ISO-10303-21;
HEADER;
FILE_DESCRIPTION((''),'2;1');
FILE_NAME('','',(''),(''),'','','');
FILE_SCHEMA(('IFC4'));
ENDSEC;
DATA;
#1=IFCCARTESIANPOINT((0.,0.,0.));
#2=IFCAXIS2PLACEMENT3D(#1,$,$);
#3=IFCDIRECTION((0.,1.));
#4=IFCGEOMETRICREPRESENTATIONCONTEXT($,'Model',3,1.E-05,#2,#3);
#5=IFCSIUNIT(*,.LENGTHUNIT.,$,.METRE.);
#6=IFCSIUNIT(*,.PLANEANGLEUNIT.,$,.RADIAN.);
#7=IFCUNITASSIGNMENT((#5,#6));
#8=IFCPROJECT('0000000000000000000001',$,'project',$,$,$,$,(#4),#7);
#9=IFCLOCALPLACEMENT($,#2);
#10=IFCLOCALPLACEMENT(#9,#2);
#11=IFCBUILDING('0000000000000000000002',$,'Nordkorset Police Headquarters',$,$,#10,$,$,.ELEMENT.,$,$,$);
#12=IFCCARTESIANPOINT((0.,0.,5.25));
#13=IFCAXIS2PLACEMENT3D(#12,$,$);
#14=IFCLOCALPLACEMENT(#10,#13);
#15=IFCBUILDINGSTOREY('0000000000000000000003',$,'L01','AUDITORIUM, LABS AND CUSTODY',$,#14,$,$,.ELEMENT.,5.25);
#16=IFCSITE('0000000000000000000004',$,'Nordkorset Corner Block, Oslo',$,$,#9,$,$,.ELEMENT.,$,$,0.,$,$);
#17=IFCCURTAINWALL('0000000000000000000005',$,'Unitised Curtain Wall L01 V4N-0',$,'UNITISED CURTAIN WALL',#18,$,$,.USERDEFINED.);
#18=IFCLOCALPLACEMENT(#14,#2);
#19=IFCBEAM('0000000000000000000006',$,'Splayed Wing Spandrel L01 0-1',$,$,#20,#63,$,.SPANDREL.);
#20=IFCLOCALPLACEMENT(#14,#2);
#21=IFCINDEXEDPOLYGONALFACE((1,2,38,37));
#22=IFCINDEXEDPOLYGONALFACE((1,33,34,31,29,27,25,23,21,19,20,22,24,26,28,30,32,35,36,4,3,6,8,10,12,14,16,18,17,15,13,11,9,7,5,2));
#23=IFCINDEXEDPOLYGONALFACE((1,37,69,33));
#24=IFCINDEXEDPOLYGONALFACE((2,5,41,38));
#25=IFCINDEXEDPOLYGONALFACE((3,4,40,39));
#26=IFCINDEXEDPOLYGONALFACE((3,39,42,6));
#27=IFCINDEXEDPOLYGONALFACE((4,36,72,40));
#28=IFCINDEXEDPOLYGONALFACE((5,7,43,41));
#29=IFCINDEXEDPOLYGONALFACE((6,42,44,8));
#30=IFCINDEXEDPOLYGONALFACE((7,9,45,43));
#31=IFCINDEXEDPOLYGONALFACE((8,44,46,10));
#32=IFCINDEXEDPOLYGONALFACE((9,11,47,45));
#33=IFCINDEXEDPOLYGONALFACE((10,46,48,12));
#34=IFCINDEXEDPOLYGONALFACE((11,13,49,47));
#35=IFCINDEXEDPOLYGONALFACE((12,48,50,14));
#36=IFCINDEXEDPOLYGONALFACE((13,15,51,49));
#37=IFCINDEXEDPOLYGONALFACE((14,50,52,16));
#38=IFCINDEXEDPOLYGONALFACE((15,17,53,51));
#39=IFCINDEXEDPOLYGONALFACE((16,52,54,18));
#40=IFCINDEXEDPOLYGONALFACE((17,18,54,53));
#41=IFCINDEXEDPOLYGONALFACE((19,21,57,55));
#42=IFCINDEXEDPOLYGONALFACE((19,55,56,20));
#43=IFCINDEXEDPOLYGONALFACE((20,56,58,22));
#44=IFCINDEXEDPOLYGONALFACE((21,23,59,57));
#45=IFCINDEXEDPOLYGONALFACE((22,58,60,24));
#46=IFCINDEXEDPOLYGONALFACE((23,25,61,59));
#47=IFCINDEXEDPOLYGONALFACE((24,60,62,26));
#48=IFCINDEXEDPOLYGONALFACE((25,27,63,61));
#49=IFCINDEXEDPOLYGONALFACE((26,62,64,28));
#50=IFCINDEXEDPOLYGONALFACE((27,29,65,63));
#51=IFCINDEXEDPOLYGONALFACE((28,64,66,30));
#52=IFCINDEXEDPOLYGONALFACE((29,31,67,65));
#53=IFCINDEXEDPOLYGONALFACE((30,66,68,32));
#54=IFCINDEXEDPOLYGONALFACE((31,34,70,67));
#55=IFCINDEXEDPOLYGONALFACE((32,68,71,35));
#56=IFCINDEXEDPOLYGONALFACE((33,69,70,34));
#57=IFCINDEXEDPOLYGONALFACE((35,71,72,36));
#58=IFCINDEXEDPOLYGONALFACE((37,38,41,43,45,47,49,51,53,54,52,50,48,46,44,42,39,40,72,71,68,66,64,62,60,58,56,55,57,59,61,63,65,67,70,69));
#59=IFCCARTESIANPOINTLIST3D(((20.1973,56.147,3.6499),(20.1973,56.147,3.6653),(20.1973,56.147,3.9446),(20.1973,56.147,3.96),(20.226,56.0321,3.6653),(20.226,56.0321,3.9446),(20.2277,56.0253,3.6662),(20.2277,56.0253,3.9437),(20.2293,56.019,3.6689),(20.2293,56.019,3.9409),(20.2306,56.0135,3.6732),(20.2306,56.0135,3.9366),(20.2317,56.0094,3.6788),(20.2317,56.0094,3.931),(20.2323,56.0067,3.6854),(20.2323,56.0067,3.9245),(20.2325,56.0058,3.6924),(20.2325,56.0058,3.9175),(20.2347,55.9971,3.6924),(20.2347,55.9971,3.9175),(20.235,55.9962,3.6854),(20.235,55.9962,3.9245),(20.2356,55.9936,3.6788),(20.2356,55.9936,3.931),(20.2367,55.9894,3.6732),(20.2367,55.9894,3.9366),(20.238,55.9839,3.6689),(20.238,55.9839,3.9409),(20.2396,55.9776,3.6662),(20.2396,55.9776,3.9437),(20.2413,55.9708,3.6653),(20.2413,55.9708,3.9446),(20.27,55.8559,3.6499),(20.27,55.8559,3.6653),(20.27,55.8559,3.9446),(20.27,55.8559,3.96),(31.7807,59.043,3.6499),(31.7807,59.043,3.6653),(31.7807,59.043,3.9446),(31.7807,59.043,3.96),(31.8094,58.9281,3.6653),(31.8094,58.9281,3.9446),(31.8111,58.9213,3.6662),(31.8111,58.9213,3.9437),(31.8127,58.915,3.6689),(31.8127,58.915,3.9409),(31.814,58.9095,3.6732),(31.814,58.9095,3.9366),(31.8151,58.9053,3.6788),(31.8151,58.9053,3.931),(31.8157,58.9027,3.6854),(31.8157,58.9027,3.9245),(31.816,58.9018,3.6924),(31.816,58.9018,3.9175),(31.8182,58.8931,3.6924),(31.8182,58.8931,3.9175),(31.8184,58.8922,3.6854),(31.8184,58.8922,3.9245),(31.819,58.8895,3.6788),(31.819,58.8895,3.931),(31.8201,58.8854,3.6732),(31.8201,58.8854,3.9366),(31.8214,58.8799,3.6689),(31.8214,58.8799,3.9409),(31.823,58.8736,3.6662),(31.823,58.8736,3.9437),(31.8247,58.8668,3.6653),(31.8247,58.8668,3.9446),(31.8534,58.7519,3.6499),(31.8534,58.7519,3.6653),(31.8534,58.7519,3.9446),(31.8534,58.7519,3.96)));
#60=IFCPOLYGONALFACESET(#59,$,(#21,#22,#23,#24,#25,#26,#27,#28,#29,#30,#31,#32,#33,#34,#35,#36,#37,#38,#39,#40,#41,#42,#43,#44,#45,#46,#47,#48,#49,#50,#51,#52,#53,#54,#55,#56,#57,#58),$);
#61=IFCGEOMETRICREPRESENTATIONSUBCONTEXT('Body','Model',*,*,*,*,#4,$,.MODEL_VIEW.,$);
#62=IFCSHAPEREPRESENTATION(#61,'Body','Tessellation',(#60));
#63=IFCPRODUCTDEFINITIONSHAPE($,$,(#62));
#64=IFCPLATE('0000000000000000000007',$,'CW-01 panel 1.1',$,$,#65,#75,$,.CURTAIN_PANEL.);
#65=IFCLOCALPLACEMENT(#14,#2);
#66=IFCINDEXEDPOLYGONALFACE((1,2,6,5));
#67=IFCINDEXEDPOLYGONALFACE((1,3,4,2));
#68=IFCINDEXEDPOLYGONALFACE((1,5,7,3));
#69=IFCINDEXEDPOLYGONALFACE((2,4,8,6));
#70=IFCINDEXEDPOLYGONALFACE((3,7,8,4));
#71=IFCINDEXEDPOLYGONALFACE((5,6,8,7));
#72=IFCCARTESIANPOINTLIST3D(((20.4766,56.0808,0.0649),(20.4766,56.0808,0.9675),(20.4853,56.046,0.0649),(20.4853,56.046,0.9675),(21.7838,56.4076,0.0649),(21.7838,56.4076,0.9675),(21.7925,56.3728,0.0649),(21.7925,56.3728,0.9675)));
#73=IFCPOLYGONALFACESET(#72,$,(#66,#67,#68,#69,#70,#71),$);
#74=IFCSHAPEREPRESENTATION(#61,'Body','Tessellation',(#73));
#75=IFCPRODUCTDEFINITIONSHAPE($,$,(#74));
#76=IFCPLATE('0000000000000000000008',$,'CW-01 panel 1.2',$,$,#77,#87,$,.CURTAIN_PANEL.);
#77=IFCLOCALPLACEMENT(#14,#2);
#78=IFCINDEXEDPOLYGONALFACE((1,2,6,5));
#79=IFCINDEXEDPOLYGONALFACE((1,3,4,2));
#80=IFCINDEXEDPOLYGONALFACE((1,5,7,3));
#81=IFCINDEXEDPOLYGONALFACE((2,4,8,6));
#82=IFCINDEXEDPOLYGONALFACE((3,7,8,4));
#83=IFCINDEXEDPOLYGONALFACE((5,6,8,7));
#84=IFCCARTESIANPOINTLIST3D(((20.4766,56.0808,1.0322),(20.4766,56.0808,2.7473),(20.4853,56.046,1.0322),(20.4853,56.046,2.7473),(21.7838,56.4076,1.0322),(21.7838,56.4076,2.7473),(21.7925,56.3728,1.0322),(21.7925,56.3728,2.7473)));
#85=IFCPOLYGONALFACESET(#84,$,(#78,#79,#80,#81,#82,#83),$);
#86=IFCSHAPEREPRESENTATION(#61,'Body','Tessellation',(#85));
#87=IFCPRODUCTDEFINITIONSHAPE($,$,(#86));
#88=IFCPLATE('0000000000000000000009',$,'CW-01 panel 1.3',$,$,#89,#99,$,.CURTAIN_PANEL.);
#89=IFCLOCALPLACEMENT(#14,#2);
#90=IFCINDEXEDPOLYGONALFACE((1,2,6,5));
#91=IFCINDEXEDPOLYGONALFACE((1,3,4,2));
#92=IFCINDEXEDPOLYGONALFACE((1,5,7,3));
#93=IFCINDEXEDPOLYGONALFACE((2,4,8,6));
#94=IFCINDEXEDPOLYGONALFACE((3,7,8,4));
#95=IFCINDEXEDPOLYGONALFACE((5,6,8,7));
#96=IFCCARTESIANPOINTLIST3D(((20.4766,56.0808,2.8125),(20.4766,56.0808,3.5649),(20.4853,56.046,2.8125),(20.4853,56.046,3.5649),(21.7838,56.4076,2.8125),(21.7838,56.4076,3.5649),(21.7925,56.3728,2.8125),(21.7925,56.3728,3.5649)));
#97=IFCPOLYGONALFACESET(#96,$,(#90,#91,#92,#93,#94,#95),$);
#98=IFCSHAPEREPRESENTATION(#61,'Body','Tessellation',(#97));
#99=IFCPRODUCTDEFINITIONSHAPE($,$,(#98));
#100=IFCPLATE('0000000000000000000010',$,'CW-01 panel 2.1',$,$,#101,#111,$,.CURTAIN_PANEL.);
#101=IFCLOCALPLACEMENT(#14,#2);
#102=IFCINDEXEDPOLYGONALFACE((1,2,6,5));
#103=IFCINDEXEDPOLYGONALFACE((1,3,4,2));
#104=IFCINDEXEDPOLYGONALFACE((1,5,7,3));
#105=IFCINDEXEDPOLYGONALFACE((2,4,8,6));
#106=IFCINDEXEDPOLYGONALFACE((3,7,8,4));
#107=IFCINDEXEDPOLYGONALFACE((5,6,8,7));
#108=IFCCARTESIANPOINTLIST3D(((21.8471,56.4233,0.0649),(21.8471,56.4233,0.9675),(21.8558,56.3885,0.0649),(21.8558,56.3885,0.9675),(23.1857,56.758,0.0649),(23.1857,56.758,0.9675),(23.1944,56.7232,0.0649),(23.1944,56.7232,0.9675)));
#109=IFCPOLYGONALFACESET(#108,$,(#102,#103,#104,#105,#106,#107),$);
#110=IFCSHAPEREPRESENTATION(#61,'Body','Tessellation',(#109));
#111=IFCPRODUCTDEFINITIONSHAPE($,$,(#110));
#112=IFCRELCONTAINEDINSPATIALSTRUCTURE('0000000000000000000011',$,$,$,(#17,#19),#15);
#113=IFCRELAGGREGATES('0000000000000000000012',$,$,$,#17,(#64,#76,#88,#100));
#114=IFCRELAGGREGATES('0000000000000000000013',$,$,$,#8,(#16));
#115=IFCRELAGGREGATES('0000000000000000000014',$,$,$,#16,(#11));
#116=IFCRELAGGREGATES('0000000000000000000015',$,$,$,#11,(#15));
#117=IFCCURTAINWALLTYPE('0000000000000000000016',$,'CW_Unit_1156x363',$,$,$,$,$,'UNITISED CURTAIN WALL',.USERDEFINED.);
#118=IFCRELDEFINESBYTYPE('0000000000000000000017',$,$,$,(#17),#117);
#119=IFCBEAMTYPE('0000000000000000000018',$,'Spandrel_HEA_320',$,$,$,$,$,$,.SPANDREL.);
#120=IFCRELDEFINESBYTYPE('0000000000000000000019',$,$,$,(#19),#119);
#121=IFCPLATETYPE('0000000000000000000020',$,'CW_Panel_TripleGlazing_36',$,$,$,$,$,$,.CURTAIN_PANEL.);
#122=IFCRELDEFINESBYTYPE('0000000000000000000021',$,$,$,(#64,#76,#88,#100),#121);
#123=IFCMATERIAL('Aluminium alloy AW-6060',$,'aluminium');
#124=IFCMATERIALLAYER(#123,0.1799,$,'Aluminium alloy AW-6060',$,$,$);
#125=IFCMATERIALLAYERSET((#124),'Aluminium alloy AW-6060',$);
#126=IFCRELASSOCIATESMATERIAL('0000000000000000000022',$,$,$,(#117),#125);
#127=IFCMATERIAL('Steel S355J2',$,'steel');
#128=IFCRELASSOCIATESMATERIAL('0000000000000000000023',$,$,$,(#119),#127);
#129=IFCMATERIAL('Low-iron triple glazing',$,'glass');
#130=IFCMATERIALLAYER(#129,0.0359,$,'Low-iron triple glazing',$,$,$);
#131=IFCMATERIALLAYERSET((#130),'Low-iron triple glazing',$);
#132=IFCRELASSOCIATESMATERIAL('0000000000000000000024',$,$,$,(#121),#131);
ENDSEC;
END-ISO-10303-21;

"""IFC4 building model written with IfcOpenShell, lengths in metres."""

from ifc_helpers import new_model, si_unit, direction, frame, origin, origin_2d, place, context, subcontext, project, spatial, rectangle, i_section, extrude, material, layer, layer_set, material_profile, profile_set, type_object, element, aggregate, save


model = new_model("IFC4")

# Units and contexts
model_context = context("Model", 3, precision=1e-05, world=origin(), true_north=direction((0.0, 1.0)))
body_context = subcontext(model_context, "Body", "Model", "MODEL_VIEW")
ifc_project = project(units=[si_unit("LENGTHUNIT", "METRE"), si_unit("PLANEANGLEUNIT", "RADIAN")], contexts=[model_context])

# Site, building, storey
site_placement = place(None, origin())
site = spatial("IfcSite", under=ifc_project, at=site_placement, Name="Nordkorset Corner Block, Oslo", CompositionType="ELEMENT", RefElevation=0.0)
building_placement = place(site_placement, origin())
building = spatial("IfcBuilding", under=site, at=building_placement, Name="Nordkorset Police Headquarters", CompositionType="ELEMENT")
storey_placement = place(building_placement, frame((0.0, 0.0, 5.25)))
storey = spatial("IfcBuildingStorey", under=building, at=storey_placement, Name="L01", Description="AUDITORIUM, LABS AND CUSTODY", CompositionType="ELEMENT", Elevation=5.25)

# Curtain wall
ifc_material_1 = material(Name="Aluminium alloy AW-6060", Category="aluminium")
ifc_layer_1 = layer(ifc_material_1, 0.1799, Name="Aluminium alloy AW-6060")
ifc_layer_set_1 = layer_set([ifc_layer_1], Name="Aluminium alloy AW-6060")
curtain_wall_type_1 = type_object("IfcCurtainWallType", Name="CW_Unit_1156x363", ElementType="UNITISED CURTAIN WALL", PredefinedType="USERDEFINED", material=ifc_layer_set_1)
curtain_wall_1_placement = place(storey_placement, origin())
curtain_wall_1 = element("IfcCurtainWall", 1, at=curtain_wall_1_placement, inside=storey, type_object=curtain_wall_type_1, Name="Unitised Curtain Wall L01 V4N-0", ObjectType="UNITISED CURTAIN WALL", PredefinedType="USERDEFINED")

# Beam
ifc_material_2 = material(Name="Steel S355J2", Category="steel")
ifc_material_profile_1 = material_profile(ifc_material_2, i_section(OverallWidth=0.3, OverallDepth=0.3101, WebThickness=0.009, FlangeThickness=0.0154, FilletRadius=0.0271, at=origin_2d()), Name="HEA 320")
ifc_profile_set_1 = profile_set([ifc_material_profile_1], Name="Steel S355J2")
beam_type_1 = type_object("IfcBeamType", Name="Spandrel_HEA_320", PredefinedType="SPANDREL", material=ifc_profile_set_1)
beam_1_placement = place(storey_placement, frame((20.2336, 56.0015, 3.8049), z_axis=(0.97014, 0.242545, 0.0), x_axis=(-0.242545, 0.97014, 0.0)))
element("IfcBeam", 2, at=beam_1_placement, inside=storey, type_object=beam_type_1, Name="Splayed Wing Spandrel L01 0-1", PredefinedType="SPANDREL", context=body_context, shape_type="SweptSolid", body=[
    extrude(i_section(OverallWidth=0.3, OverallDepth=0.3101, WebThickness=0.009, FlangeThickness=0.0154, FilletRadius=0.0271, at=origin_2d()), origin(), (0.0, 0.0, 1.0), 11.9399),
])

# Plates
ifc_material_3 = material(Name="Low-iron triple glazing", Category="glass")
ifc_layer_2 = layer(ifc_material_3, 0.0359, Name="Low-iron triple glazing")
ifc_layer_set_2 = layer_set([ifc_layer_2], Name="Low-iron triple glazing")
plate_type = type_object("IfcPlateType", Name="CW_Panel_TripleGlazing_36", PredefinedType="CURTAIN_PANEL", material=ifc_layer_set_2)
plate_1_placement = place(storey_placement, frame((21.1345, 56.2268, 0.0649), z_axis=(0.0, 0.0, 1.0), x_axis=(0.970142, 0.242536, 0.0)))
plate_1 = element("IfcPlate", 3, at=plate_1_placement, type_object=plate_type, Name="CW-01 panel 1.1", PredefinedType="CURTAIN_PANEL", context=body_context, shape_type="SweptSolid", body=[
    extrude(rectangle(XDim=1.3474, YDim=0.0359, at=origin_2d()), origin(), (0.0, 0.0, 1.0), 0.9026),
])
plate_2_placement = place(storey_placement, frame((21.1345, 56.2268, 1.0322), z_axis=(0.0, 0.0, 1.0), x_axis=(0.970142, 0.242536, 0.0)))
plate_2 = element("IfcPlate", 4, at=plate_2_placement, type_object=plate_type, Name="CW-01 panel 1.2", PredefinedType="CURTAIN_PANEL", context=body_context, shape_type="SweptSolid", body=[
    extrude(rectangle(XDim=1.3474, YDim=0.0359, at=origin_2d()), origin(), (0.0, 0.0, 1.0), 1.7151),
])
plate_3_placement = place(storey_placement, frame((21.1345, 56.2268, 2.8125), z_axis=(0.0, 0.0, 1.0), x_axis=(0.970142, 0.242536, 0.0)))
plate_3 = element("IfcPlate", 5, at=plate_3_placement, type_object=plate_type, Name="CW-01 panel 1.3", PredefinedType="CURTAIN_PANEL", context=body_context, shape_type="SweptSolid", body=[
    extrude(rectangle(XDim=1.3474, YDim=0.0359, at=origin_2d()), origin(), (0.0, 0.0, 1.0), 0.7524),
])
plate_4_placement = place(storey_placement, frame((22.5208, 56.5732, 0.0649), z_axis=(0.0, 0.0, 1.0), x_axis=(0.970142, 0.242536, 0.0)))
plate_4 = element("IfcPlate", 6, at=plate_4_placement, type_object=plate_type, Name="CW-01 panel 2.1", PredefinedType="CURTAIN_PANEL", context=body_context, shape_type="SweptSolid", body=[
    extrude(rectangle(XDim=1.3799, YDim=0.0359, at=origin_2d()), origin(), (0.0, 0.0, 1.0), 0.9026),
])
aggregate(curtain_wall_1, [plate_1, plate_2, plate_3, plate_4])

save(model, "model.ifc")
